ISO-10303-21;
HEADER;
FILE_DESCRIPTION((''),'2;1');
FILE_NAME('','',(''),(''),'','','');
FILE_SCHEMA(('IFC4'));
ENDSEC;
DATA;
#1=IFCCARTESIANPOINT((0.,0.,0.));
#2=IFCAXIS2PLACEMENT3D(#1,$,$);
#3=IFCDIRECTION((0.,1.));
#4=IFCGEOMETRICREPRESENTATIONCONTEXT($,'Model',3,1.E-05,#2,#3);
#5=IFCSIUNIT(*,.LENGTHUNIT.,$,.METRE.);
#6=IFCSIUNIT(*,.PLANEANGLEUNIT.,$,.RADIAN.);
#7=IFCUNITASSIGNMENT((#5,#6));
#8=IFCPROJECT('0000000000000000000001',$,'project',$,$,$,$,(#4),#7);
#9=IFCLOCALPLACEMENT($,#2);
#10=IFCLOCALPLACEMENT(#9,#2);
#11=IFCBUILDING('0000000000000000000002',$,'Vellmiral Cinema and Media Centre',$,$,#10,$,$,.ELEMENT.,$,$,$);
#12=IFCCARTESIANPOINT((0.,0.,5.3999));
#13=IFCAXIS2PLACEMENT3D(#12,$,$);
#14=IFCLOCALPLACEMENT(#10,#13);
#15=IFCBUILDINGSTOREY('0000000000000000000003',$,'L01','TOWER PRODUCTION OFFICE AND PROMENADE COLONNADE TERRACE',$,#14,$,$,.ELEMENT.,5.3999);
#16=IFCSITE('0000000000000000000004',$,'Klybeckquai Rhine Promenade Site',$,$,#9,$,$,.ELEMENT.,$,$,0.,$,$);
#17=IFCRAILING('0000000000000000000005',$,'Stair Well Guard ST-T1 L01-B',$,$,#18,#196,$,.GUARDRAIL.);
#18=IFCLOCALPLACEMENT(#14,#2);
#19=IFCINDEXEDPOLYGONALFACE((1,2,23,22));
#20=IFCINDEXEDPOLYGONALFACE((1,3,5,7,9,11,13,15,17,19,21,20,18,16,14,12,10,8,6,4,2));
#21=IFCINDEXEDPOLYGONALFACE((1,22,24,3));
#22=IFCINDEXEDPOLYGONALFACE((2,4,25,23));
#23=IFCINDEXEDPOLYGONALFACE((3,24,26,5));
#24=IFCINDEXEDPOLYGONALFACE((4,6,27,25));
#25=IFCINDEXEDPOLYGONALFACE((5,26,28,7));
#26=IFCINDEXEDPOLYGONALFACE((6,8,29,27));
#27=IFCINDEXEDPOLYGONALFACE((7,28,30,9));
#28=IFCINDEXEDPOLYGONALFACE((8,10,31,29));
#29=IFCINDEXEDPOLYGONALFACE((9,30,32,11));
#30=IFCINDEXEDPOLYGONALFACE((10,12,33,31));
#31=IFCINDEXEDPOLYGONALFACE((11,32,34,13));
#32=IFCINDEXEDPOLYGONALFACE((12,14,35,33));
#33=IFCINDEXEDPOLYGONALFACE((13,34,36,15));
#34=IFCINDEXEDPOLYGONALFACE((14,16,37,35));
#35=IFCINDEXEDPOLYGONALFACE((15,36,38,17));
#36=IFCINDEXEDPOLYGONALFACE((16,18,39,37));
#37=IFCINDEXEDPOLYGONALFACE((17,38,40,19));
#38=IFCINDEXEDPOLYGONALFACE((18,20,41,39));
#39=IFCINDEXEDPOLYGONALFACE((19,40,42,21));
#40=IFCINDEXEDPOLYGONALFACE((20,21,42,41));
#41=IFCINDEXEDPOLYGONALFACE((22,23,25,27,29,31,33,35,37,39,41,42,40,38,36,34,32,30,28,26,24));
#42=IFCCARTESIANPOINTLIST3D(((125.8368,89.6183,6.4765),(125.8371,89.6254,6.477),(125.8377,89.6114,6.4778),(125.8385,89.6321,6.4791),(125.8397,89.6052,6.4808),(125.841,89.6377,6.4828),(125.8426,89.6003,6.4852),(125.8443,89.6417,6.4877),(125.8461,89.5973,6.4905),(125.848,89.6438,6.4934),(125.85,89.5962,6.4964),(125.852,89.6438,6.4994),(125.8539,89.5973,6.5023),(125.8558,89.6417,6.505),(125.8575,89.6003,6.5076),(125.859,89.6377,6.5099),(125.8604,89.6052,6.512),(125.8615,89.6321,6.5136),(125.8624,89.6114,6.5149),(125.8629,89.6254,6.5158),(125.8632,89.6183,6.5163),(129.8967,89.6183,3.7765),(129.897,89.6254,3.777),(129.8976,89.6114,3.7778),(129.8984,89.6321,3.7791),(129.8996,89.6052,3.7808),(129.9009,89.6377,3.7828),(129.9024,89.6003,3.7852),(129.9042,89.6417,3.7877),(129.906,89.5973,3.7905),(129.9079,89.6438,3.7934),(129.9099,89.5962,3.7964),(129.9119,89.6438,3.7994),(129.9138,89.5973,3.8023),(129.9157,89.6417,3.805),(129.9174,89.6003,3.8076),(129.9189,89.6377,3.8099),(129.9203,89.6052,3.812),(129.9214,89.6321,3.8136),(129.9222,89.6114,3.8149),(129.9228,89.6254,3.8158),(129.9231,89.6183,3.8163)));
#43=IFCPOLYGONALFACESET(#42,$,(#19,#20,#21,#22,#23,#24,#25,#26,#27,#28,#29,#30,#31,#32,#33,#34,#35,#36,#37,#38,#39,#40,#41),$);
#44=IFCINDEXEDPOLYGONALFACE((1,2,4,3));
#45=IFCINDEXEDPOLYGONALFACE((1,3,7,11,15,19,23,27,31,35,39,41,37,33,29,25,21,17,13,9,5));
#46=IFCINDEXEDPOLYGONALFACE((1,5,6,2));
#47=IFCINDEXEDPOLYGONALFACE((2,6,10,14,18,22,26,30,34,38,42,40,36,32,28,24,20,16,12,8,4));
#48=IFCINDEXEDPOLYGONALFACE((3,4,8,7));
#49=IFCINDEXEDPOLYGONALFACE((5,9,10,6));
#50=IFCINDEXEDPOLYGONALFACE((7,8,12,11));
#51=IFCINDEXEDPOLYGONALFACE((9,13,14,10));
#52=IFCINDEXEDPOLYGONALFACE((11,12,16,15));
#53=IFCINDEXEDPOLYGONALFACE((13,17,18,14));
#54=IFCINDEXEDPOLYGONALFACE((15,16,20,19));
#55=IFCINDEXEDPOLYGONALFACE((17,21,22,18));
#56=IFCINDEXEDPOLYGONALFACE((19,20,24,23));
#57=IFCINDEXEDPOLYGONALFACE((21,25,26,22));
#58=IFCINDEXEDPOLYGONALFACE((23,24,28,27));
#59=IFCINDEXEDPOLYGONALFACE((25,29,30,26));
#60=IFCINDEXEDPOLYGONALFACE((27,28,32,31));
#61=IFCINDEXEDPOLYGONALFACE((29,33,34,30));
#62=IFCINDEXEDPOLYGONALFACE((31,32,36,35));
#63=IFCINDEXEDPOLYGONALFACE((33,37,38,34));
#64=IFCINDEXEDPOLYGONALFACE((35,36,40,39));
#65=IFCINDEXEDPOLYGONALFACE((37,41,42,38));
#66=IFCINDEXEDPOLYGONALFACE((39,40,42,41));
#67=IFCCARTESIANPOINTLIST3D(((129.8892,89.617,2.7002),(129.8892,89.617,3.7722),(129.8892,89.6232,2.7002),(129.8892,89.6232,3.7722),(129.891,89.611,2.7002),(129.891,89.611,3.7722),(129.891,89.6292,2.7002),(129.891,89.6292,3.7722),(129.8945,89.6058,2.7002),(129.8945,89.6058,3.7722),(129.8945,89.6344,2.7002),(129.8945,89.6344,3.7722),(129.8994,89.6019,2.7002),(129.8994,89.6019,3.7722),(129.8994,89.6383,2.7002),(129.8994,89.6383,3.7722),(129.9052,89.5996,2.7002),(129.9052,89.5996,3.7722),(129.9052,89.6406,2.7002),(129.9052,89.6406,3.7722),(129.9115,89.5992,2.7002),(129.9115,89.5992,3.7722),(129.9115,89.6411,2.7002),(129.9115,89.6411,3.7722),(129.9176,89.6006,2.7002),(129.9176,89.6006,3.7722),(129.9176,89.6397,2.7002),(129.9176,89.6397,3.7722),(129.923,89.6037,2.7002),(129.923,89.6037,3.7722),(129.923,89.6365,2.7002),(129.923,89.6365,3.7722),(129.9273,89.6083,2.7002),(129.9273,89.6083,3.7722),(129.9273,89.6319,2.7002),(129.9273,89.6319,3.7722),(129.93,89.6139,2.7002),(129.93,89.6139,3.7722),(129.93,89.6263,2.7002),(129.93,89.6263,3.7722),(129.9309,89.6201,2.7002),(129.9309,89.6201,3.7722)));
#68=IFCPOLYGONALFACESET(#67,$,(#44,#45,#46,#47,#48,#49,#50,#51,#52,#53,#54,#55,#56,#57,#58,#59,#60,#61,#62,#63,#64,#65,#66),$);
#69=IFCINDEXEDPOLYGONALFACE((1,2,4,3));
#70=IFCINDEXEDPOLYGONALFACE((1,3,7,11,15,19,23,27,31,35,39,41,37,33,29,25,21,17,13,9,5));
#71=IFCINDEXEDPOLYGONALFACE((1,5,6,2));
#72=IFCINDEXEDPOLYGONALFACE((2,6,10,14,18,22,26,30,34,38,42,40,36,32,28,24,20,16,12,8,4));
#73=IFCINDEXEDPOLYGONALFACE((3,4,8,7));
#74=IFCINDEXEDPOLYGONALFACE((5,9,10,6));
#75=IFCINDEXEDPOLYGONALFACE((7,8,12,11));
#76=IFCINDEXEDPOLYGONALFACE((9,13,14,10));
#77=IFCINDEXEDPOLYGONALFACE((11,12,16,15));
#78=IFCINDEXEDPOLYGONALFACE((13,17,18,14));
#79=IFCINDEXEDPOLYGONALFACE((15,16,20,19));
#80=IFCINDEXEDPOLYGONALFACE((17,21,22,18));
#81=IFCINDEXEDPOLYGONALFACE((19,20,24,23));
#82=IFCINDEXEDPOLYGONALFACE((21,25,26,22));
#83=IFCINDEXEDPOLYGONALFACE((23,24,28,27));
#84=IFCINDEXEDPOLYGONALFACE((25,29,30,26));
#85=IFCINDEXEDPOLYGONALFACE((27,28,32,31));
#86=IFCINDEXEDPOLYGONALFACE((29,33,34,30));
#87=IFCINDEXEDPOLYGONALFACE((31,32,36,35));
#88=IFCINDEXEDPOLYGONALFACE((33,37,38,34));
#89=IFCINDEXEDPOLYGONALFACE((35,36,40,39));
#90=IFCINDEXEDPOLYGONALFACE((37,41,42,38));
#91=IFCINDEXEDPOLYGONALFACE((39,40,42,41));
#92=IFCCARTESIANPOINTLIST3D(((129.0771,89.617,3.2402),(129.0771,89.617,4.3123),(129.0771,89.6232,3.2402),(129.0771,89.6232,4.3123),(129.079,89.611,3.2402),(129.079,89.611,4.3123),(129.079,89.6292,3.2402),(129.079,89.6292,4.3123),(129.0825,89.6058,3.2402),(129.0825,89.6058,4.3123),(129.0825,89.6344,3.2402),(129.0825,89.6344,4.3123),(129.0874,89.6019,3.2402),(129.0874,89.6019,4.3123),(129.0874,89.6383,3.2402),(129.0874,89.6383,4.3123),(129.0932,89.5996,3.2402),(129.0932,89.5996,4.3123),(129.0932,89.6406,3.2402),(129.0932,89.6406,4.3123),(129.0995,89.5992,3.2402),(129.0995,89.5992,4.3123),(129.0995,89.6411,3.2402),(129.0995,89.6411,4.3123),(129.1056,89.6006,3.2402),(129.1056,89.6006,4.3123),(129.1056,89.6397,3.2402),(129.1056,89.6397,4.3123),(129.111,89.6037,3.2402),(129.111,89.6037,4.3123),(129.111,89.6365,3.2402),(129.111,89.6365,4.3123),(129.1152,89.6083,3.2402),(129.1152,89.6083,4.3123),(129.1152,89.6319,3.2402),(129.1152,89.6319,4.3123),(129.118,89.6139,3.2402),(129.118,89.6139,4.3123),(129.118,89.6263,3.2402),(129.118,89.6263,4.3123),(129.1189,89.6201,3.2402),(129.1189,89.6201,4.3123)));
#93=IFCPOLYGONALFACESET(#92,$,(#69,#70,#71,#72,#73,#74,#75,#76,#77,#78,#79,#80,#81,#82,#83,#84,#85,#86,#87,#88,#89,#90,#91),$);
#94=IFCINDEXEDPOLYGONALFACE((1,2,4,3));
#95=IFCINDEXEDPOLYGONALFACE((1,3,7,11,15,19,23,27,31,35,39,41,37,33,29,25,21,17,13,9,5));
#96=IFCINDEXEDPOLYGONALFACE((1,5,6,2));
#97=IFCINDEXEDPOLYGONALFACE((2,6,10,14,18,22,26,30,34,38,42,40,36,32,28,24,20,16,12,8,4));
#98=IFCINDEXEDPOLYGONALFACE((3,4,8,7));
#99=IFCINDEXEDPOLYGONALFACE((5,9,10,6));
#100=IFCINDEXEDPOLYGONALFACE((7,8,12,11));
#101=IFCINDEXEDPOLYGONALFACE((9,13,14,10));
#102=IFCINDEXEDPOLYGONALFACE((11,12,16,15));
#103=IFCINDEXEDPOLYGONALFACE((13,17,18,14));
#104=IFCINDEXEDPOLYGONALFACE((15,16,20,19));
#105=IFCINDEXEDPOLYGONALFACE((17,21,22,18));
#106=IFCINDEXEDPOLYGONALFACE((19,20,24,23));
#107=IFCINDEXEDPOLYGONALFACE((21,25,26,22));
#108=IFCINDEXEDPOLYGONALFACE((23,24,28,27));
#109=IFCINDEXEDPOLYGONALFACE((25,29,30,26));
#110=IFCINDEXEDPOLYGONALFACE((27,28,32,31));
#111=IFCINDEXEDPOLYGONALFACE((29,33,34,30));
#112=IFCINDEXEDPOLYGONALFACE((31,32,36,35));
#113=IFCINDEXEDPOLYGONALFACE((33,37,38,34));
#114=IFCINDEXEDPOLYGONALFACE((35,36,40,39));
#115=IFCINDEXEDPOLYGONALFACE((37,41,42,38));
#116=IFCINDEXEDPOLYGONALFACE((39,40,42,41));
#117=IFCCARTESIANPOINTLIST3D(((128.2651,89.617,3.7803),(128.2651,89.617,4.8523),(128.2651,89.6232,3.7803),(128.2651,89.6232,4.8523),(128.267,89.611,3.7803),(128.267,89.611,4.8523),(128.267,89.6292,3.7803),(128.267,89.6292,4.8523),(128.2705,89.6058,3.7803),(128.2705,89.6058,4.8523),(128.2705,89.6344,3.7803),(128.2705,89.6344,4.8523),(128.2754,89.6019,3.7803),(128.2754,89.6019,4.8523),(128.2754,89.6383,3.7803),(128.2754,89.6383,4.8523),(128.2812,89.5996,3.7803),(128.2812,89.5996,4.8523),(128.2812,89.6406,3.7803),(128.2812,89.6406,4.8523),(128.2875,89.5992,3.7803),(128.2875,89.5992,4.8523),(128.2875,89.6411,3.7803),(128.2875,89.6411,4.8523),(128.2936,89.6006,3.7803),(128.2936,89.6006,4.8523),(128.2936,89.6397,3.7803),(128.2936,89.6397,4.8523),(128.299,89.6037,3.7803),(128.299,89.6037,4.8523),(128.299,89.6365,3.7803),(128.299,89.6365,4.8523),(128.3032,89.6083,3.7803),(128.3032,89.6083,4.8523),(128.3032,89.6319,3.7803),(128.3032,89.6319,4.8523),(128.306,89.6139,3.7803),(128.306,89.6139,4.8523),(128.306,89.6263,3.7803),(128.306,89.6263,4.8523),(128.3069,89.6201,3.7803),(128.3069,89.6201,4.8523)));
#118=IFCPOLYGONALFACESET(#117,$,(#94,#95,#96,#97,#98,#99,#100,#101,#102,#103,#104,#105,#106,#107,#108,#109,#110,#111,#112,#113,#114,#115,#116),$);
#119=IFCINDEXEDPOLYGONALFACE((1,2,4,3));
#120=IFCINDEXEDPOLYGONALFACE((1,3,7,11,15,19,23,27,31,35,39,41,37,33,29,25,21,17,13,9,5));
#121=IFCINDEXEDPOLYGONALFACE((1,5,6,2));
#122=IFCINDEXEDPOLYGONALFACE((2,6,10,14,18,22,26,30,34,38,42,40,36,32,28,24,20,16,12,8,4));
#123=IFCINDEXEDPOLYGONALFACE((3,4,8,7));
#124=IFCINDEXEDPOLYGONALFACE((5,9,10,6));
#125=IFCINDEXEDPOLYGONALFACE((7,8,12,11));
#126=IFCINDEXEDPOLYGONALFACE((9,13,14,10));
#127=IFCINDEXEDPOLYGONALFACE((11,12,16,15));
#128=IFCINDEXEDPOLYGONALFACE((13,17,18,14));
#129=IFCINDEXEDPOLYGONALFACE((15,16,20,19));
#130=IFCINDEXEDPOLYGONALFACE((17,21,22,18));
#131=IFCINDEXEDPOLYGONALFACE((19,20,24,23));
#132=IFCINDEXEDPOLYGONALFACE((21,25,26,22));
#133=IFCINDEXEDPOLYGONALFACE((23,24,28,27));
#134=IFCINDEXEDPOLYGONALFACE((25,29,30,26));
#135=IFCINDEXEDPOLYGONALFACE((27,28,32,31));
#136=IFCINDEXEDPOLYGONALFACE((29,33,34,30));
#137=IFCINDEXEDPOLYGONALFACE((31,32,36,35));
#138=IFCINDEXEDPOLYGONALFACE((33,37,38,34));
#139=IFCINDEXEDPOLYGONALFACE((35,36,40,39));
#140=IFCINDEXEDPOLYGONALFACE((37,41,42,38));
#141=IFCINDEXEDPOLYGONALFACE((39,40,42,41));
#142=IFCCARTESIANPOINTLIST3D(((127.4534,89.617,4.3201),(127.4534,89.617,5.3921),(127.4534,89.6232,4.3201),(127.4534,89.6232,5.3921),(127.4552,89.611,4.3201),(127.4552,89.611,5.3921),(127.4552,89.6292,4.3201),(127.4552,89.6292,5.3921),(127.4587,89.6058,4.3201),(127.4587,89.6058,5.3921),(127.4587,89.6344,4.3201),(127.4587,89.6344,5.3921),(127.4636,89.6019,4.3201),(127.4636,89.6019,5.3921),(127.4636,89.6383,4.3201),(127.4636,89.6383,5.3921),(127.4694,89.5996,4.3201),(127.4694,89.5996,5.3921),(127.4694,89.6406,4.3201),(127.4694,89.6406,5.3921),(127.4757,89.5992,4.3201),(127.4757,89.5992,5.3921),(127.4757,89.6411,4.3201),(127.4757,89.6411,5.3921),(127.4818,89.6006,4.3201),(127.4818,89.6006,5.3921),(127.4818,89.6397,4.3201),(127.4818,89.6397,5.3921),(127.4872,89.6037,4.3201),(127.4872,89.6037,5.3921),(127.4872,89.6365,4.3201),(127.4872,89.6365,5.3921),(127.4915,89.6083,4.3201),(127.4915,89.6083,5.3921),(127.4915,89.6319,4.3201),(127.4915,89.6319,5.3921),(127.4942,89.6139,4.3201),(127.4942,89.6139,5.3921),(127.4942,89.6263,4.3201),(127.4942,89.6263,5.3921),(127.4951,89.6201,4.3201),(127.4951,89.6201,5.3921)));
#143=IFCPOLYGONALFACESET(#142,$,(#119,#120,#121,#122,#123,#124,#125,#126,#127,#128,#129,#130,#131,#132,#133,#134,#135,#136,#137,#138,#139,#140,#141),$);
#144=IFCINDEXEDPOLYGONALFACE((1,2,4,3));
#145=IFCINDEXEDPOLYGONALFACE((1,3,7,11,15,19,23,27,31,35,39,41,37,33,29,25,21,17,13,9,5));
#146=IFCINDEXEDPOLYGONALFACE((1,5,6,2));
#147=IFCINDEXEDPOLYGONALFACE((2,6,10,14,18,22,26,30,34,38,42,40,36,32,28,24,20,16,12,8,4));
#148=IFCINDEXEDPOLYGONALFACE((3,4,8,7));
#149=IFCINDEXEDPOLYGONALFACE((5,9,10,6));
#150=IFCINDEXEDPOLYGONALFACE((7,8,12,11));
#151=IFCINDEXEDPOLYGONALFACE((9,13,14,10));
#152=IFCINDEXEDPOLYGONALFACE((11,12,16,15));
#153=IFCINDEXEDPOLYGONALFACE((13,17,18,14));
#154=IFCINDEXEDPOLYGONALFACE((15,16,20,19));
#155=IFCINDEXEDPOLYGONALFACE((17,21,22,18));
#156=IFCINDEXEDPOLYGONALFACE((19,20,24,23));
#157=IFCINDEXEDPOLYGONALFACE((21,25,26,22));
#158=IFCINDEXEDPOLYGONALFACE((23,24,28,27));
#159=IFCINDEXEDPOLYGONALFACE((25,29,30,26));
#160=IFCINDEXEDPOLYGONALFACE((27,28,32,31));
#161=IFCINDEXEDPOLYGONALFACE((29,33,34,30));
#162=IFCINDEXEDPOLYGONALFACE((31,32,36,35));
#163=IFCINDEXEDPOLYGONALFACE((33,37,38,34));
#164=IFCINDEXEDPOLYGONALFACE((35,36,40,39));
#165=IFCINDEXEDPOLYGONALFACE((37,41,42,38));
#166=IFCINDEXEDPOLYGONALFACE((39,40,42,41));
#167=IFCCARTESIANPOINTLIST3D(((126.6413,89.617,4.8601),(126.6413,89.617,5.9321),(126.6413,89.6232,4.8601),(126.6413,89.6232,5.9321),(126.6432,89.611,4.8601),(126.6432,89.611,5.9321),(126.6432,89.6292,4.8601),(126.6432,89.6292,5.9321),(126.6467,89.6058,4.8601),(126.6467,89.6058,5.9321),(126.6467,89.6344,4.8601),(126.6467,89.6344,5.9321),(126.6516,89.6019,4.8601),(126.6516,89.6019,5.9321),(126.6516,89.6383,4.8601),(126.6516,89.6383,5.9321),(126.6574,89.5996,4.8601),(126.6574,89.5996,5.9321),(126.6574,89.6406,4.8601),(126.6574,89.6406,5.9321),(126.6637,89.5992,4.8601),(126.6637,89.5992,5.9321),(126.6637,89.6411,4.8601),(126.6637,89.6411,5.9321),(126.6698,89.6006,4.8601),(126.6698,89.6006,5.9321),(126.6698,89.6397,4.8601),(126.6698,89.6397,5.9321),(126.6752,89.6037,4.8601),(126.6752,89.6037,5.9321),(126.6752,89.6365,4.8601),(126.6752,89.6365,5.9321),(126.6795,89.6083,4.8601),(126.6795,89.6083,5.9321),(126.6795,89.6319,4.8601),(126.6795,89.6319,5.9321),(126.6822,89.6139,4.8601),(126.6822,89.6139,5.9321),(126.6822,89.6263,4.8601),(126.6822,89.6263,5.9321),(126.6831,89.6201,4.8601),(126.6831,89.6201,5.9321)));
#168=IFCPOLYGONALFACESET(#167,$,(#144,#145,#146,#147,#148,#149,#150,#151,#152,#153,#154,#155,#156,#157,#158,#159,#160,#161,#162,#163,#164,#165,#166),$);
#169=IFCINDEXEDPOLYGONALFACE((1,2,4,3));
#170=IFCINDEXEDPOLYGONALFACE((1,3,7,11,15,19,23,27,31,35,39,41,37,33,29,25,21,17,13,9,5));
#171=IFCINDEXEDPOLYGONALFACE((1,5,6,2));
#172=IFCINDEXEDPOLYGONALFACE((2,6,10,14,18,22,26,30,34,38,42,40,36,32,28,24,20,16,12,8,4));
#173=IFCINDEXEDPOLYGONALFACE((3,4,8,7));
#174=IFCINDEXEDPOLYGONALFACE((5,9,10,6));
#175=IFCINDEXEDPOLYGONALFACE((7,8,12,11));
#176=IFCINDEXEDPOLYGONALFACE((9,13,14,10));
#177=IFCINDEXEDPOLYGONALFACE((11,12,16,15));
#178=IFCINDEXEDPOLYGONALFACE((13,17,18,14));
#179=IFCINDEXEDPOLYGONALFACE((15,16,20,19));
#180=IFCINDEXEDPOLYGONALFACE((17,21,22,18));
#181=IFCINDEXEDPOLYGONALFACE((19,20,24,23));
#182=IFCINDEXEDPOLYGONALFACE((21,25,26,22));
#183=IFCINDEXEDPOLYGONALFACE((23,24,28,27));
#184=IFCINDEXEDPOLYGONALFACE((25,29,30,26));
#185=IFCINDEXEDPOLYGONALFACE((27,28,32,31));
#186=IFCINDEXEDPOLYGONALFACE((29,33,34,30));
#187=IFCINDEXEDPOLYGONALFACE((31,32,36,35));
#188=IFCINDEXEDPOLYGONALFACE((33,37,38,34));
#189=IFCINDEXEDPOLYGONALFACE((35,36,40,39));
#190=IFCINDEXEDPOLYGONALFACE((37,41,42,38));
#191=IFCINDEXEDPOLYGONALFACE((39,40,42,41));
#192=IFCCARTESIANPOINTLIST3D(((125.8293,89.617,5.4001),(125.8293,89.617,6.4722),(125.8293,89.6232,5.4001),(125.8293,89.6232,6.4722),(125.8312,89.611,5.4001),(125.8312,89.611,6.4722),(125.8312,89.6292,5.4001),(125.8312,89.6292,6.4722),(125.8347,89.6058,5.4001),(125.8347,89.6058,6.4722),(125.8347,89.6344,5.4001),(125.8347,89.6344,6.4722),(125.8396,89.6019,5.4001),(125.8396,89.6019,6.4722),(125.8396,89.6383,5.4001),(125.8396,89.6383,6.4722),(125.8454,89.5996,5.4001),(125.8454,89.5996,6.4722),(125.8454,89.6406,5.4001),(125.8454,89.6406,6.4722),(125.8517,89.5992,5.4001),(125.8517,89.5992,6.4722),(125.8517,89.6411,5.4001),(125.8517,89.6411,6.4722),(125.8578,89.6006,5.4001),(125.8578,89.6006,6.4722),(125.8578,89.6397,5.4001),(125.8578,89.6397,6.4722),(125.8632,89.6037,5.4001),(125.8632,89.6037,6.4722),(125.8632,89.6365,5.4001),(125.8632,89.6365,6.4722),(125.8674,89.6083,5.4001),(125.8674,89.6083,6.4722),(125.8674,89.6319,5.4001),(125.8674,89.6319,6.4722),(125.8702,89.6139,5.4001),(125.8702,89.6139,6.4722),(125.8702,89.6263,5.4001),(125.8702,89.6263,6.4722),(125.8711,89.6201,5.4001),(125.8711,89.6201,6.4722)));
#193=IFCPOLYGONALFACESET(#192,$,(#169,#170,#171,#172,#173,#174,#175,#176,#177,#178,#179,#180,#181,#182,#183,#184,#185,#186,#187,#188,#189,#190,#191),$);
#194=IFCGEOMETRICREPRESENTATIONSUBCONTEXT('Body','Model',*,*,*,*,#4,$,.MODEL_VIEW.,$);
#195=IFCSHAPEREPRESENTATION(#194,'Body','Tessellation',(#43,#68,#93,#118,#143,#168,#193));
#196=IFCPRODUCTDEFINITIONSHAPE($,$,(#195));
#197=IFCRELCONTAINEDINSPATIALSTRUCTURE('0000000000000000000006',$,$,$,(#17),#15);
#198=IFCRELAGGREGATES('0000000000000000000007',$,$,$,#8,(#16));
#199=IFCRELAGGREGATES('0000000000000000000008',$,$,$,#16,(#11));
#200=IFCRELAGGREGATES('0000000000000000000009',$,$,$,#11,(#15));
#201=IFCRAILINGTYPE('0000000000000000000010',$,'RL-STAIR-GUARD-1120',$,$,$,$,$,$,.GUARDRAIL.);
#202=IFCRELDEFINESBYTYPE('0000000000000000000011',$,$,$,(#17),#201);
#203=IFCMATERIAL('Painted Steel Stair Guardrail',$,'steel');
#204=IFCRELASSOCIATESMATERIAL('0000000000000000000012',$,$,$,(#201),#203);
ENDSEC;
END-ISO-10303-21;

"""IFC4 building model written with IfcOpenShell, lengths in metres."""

from ifc_helpers import new_model, si_unit, direction, frame, origin, origin_2d, place, context, subcontext, project, spatial, circle, extrude, material, type_object, element, save


model = new_model("IFC4")

# Units and contexts
model_context = context("Model", 3, precision=1e-05, world=origin(), true_north=direction((0.0, 1.0)))
body_context = subcontext(model_context, "Body", "Model", "MODEL_VIEW")
ifc_project = project(units=[si_unit("LENGTHUNIT", "METRE"), si_unit("PLANEANGLEUNIT", "RADIAN")], contexts=[model_context])

# Site, building, storey
site_placement = place(None, origin())
site = spatial("IfcSite", under=ifc_project, at=site_placement, Name="Klybeckquai Rhine Promenade Site", CompositionType="ELEMENT", RefElevation=0.0)
building_placement = place(site_placement, origin())
building = spatial("IfcBuilding", under=site, at=building_placement, Name="Vellmiral Cinema and Media Centre", CompositionType="ELEMENT")
storey_placement = place(building_placement, frame((0.0, 0.0, 5.3999)))
storey = spatial("IfcBuildingStorey", under=building, at=storey_placement, Name="L01", Description="TOWER PRODUCTION OFFICE AND PROMENADE COLONNADE TERRACE", CompositionType="ELEMENT", Elevation=5.3999)

# Railing
ifc_material_1 = material(Name="Painted Steel Stair Guardrail", Category="steel")
railing_type_1 = type_object("IfcRailingType", Name="RL-STAIR-GUARD-1120", PredefinedType="GUARDRAIL", material=ifc_material_1)
railing_1_placement = place(storey_placement, frame((129.9099, 89.6201, 2.7002)))
element("IfcRailing", 1, at=railing_1_placement, inside=storey, type_object=railing_type_1, Name="Stair Well Guard ST-T1 L01-B", PredefinedType="GUARDRAIL", context=body_context, shape_type="SweptSolid", body=[
    extrude(circle(Radius=0.0239, at=origin_2d()), frame((0.0, 0.0, 1.0962), z_axis=(-0.832674, 0.0, 0.553764), x_axis=(0.0, -1.0, 0.0)), (0.0, 0.0, 1.0), 4.8757),
    extrude(circle(Radius=0.021, at=origin_2d()), origin(), (0.0, 0.0, 1.0), 1.072),
    extrude(circle(Radius=0.021, at=origin_2d()), frame((-0.812, 0.0, 0.54)), (0.0, 0.0, 1.0), 1.072),
    extrude(circle(Radius=0.021, at=origin_2d()), frame((-1.624, 0.0, 1.0801)), (0.0, 0.0, 1.0), 1.072),
    extrude(circle(Radius=0.021, at=origin_2d()), frame((-2.4358, 0.0, 1.6199)), (0.0, 0.0, 1.0), 1.072),
    extrude(circle(Radius=0.021, at=origin_2d()), frame((-3.2478, 0.0, 2.1599)), (0.0, 0.0, 1.0), 1.072),
    extrude(circle(Radius=0.021, at=origin_2d()), frame((-4.0598, 0.0, 2.7)), (0.0, 0.0, 1.0), 1.072),
])

save(model, "model.ifc")
